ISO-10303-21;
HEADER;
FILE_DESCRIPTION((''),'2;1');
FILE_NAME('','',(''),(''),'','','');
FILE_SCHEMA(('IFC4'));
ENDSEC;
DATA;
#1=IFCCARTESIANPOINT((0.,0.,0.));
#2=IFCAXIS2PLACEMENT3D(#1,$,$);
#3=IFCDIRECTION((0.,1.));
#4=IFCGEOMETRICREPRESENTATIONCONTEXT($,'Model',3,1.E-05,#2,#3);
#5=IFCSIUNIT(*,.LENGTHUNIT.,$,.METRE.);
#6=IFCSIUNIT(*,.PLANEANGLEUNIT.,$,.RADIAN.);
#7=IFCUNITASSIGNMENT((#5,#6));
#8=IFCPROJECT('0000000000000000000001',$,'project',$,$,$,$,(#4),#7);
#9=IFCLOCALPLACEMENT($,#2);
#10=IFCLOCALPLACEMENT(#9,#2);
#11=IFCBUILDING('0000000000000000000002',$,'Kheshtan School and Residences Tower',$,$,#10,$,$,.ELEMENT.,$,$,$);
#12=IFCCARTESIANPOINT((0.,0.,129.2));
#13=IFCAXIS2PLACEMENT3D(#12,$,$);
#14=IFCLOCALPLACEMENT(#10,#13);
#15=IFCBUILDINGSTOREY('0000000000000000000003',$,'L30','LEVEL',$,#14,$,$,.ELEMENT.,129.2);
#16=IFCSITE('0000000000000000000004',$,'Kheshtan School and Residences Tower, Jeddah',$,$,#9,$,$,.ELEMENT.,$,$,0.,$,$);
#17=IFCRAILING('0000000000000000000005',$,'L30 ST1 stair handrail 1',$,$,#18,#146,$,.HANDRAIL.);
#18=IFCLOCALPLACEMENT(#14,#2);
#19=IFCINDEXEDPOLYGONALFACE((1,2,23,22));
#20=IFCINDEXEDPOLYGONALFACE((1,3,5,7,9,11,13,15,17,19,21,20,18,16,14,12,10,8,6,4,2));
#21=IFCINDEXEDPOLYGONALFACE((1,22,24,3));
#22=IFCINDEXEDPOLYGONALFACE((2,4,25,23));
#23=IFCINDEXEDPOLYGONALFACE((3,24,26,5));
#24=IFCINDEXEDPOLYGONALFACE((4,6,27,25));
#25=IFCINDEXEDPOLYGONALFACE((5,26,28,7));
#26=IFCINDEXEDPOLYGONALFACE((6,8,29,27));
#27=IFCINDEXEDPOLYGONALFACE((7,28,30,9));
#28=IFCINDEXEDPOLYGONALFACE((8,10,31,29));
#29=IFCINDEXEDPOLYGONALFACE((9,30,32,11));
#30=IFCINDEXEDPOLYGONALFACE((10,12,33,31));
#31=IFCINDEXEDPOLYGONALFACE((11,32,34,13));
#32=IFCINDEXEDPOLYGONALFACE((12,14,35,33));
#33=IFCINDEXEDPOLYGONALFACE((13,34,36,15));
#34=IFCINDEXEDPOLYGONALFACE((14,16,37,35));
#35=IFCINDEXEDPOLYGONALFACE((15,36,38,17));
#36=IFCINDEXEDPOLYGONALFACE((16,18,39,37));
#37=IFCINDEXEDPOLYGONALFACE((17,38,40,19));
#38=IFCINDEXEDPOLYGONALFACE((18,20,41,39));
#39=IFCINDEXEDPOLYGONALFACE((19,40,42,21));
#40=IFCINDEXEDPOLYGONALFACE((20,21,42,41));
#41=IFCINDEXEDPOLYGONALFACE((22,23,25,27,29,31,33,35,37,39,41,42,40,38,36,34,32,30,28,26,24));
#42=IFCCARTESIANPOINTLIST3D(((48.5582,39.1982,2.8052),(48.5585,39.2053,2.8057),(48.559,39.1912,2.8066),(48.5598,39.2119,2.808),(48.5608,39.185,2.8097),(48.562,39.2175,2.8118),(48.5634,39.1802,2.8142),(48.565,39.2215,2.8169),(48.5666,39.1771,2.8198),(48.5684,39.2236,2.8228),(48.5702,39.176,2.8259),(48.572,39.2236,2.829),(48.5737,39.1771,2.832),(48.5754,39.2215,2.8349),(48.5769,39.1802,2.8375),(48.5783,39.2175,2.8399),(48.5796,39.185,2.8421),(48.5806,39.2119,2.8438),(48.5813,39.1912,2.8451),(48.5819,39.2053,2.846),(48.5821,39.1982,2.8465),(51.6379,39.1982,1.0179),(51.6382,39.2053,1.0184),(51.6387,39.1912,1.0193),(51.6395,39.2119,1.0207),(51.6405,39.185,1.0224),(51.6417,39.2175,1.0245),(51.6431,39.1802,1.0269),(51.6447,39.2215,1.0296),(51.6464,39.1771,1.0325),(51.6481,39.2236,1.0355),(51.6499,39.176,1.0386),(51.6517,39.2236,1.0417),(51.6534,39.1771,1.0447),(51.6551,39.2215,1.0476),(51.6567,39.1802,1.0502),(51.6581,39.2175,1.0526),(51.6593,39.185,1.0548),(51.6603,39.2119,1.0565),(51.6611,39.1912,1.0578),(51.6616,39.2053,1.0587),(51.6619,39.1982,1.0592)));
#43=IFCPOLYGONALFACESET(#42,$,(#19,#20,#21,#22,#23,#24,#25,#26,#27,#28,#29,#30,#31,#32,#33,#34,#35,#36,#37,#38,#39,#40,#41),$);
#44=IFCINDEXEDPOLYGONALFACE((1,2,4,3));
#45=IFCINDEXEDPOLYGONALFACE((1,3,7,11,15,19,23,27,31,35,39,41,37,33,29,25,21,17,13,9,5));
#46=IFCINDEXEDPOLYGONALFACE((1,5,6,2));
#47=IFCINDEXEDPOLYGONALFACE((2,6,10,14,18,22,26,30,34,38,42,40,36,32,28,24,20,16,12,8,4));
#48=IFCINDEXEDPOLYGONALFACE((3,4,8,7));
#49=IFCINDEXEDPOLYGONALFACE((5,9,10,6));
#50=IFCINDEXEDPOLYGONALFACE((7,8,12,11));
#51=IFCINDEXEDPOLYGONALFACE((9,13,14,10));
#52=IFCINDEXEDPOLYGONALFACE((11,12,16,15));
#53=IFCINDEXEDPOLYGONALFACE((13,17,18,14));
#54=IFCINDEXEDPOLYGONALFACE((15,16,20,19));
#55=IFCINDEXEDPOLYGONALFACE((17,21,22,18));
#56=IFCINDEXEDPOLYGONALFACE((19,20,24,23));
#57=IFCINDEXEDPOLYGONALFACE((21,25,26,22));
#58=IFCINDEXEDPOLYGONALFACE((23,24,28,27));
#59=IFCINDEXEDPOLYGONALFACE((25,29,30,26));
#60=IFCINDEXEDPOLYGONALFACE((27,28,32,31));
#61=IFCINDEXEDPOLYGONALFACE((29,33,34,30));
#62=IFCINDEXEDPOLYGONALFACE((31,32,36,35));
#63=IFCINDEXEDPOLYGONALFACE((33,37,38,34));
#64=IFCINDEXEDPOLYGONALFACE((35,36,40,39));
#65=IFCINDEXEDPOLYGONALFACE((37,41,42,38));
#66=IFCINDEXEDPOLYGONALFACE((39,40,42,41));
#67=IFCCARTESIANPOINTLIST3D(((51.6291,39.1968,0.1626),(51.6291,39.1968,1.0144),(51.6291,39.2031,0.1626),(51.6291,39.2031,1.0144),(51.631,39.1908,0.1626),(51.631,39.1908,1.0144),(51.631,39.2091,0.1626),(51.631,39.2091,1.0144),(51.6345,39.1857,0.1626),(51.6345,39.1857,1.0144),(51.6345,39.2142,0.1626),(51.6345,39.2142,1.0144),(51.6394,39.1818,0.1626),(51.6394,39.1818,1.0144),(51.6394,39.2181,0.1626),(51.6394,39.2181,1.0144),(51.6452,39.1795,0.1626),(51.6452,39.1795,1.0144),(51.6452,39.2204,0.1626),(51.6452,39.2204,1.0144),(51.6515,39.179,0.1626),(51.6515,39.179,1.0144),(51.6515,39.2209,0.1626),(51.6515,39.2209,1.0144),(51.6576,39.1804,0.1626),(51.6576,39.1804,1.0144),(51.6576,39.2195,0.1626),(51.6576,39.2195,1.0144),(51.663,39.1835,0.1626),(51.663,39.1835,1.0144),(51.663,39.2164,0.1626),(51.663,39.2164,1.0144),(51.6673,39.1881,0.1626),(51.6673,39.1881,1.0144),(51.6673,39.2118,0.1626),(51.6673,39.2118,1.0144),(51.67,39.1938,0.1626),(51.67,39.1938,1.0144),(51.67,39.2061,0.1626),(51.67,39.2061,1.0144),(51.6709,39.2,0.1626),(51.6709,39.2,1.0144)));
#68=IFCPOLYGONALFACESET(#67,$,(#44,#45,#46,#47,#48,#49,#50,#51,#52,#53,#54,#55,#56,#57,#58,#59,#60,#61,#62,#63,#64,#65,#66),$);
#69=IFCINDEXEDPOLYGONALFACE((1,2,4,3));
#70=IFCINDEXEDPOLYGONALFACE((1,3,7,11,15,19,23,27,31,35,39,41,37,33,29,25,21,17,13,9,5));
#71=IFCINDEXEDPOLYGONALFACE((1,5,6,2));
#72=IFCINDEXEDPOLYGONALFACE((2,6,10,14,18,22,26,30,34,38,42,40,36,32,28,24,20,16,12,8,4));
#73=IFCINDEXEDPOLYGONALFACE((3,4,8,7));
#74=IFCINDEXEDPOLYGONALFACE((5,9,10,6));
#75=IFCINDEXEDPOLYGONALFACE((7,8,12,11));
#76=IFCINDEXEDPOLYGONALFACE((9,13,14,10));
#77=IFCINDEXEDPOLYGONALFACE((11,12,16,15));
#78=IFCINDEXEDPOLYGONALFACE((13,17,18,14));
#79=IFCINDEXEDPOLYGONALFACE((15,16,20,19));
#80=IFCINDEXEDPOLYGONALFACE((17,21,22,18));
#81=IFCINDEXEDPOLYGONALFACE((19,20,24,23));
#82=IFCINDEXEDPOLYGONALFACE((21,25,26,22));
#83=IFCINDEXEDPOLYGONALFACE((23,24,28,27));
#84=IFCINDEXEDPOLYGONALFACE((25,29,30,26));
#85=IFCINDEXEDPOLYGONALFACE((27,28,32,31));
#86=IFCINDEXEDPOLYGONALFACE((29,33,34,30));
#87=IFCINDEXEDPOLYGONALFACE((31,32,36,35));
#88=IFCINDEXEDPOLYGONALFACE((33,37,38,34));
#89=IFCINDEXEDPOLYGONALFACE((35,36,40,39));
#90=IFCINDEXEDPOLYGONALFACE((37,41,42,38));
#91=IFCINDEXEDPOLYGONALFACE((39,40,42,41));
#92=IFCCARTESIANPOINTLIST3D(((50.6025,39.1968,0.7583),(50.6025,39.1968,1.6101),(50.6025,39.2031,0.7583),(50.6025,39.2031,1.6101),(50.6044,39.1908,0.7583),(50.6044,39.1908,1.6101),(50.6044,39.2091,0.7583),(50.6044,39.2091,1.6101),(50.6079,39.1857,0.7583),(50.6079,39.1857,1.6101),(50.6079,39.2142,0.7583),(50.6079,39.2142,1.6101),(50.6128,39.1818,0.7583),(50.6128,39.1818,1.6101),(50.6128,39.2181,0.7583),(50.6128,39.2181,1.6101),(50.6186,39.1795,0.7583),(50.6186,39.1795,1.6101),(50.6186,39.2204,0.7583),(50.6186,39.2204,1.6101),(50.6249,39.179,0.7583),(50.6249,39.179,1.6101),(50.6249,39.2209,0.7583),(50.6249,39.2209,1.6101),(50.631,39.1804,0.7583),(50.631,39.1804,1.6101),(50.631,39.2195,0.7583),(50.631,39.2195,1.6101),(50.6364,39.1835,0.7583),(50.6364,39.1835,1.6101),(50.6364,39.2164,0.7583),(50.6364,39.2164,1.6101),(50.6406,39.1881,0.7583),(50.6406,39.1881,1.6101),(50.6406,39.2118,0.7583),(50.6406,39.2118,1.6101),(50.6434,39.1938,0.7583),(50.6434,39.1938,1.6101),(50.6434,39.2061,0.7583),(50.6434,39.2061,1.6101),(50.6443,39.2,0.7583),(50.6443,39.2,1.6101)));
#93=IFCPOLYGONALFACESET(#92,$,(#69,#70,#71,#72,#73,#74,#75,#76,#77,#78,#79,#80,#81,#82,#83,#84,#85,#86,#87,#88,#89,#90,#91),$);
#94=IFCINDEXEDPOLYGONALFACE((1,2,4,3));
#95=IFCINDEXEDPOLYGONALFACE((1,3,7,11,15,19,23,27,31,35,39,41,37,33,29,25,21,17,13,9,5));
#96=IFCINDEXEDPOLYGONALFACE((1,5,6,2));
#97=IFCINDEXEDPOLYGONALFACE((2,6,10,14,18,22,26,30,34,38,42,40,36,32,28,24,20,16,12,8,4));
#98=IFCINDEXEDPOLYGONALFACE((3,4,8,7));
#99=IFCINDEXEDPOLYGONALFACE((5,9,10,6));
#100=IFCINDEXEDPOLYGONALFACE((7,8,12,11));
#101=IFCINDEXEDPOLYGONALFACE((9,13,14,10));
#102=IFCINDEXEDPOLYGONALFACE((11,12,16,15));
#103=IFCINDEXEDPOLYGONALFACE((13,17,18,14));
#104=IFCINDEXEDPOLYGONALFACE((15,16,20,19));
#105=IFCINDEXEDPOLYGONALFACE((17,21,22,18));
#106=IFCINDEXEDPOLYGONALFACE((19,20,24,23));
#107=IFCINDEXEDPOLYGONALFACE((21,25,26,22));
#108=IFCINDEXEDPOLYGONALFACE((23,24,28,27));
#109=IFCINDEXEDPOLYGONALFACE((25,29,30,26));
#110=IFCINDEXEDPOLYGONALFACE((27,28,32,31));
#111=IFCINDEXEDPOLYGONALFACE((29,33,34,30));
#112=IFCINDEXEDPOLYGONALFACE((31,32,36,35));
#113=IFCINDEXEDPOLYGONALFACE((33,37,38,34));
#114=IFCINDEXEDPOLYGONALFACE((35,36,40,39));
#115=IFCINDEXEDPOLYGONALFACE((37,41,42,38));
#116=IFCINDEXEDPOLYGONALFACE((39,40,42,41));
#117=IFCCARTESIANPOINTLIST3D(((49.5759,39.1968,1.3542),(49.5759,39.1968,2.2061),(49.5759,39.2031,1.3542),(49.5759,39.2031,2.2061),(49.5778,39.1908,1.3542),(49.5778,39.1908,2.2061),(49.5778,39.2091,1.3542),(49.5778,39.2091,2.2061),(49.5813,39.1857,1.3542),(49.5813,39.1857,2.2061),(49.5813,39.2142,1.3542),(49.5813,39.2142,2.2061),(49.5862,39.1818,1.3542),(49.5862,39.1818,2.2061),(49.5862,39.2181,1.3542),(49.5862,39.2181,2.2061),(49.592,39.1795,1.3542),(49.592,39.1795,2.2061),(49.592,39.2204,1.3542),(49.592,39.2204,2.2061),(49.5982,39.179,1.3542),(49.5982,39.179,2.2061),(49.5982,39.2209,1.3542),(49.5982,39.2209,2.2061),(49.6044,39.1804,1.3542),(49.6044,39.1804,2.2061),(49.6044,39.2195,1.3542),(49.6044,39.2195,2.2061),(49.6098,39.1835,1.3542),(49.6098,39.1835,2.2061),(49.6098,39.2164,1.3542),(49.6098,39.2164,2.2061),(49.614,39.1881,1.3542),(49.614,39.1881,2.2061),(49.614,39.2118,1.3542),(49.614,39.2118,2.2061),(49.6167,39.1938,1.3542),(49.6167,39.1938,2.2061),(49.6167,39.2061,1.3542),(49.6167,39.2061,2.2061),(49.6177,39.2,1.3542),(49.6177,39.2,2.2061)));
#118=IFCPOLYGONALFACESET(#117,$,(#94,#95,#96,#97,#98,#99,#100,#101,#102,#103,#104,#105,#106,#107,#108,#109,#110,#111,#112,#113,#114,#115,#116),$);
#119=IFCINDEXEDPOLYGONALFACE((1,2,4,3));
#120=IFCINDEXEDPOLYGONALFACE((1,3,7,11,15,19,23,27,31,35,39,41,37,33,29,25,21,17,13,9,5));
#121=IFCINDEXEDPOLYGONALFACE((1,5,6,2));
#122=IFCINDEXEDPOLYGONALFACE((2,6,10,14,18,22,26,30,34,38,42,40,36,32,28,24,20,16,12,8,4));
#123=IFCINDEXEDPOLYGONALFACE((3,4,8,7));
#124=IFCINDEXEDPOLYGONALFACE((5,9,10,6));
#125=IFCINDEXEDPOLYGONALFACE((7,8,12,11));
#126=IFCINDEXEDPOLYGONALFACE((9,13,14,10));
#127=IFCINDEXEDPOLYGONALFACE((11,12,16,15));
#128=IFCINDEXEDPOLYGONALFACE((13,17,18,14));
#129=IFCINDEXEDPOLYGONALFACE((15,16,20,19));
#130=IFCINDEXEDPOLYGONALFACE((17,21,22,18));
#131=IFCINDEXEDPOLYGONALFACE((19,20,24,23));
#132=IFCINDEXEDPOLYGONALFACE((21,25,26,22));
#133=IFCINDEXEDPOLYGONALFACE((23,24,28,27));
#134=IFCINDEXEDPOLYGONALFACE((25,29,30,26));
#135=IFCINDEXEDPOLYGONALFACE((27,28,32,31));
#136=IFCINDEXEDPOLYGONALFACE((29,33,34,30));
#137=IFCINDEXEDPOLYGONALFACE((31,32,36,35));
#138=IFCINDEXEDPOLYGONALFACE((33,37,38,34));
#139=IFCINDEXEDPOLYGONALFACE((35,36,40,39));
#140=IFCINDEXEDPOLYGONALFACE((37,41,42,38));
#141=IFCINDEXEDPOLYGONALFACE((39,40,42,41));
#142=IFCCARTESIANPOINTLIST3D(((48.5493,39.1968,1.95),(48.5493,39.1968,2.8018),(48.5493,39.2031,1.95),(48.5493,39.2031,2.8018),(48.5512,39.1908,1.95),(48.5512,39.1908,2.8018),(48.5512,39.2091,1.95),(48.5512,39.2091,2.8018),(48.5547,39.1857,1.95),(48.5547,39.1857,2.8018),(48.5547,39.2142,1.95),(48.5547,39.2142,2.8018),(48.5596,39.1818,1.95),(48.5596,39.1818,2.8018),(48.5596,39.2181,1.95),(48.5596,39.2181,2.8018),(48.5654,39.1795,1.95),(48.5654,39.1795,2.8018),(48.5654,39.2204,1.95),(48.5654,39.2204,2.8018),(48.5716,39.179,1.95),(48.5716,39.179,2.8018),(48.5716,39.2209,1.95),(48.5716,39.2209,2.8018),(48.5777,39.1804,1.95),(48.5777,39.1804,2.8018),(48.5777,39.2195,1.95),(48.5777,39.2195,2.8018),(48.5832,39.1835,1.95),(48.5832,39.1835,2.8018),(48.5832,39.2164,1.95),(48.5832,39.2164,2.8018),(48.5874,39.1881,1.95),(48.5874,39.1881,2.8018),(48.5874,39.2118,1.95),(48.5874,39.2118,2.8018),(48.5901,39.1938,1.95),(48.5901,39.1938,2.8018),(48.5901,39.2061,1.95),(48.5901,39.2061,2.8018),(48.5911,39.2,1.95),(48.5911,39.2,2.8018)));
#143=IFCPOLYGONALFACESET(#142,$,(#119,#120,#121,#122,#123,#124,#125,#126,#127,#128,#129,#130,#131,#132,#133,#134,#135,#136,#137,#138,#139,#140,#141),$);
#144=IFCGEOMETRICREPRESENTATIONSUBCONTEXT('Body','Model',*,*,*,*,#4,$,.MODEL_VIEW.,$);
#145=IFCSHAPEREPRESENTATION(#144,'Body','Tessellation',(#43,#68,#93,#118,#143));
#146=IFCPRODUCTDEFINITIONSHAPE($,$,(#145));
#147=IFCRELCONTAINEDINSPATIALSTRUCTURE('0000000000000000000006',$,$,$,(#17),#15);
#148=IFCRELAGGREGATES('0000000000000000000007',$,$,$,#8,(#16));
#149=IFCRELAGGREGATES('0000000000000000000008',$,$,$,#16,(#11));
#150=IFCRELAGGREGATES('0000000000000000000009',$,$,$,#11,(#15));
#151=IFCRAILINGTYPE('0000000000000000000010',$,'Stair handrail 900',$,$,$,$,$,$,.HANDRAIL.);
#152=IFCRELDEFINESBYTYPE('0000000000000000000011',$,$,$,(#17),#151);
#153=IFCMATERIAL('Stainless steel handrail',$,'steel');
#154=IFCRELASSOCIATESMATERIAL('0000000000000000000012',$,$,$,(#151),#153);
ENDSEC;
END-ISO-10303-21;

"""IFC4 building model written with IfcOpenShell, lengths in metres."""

from ifc_helpers import new_model, si_unit, direction, frame, origin, origin_2d, place, context, subcontext, project, spatial, circle, extrude, material, type_object, element, save


model = new_model("IFC4")

# Units and contexts
model_context = context("Model", 3, precision=1e-05, world=origin(), true_north=direction((0.0, 1.0)))
body_context = subcontext(model_context, "Body", "Model", "MODEL_VIEW")
ifc_project = project(units=[si_unit("LENGTHUNIT", "METRE"), si_unit("PLANEANGLEUNIT", "RADIAN")], contexts=[model_context])

# Site, building, storey
site_placement = place(None, origin())
site = spatial("IfcSite", under=ifc_project, at=site_placement, Name="Kheshtan School and Residences Tower, Jeddah", CompositionType="ELEMENT", RefElevation=0.0)
building_placement = place(site_placement, origin())
building = spatial("IfcBuilding", under=site, at=building_placement, Name="Kheshtan School and Residences Tower", CompositionType="ELEMENT")
storey_placement = place(building_placement, frame((0.0, 0.0, 129.2)))
storey = spatial("IfcBuildingStorey", under=building, at=storey_placement, Name="L30", Description="LEVEL", CompositionType="ELEMENT", Elevation=129.2)

# Railing
ifc_material_1 = material(Name="Stainless steel handrail", Category="steel")
railing_type_1 = type_object("IfcRailingType", Name="Stair handrail 900", PredefinedType="HANDRAIL", material=ifc_material_1)
railing_1_placement = place(storey_placement, frame((51.6499, 39.2, 0.1626)))
element("IfcRailing", 1, at=railing_1_placement, inside=storey, type_object=railing_type_1, Name="L30 ST1 stair handrail 1", PredefinedType="HANDRAIL", context=body_context, shape_type="SweptSolid", body=[
    extrude(circle(Radius=0.0239, at=origin_2d()), frame((0.0, 0.0, 0.876), z_axis=(-0.864903, 0.0, 0.501939), x_axis=(0.0, -1.0, 0.0)), (0.0, 0.0, 1.0), 3.5608),
    extrude(circle(Radius=0.021, at=origin_2d()), origin(), (0.0, 0.0, 1.0), 0.8518),
    extrude(circle(Radius=0.021, at=origin_2d()), frame((-1.0266, 0.0, 0.5957)), (0.0, 0.0, 1.0), 0.8518),
    extrude(circle(Radius=0.021, at=origin_2d()), frame((-2.0532, 0.0, 1.1917)), (0.0, 0.0, 1.0), 0.8518),
    extrude(circle(Radius=0.021, at=origin_2d()), frame((-3.0798, 0.0, 1.7874)), (0.0, 0.0, 1.0), 0.8518),
])

save(model, "model.ifc")
